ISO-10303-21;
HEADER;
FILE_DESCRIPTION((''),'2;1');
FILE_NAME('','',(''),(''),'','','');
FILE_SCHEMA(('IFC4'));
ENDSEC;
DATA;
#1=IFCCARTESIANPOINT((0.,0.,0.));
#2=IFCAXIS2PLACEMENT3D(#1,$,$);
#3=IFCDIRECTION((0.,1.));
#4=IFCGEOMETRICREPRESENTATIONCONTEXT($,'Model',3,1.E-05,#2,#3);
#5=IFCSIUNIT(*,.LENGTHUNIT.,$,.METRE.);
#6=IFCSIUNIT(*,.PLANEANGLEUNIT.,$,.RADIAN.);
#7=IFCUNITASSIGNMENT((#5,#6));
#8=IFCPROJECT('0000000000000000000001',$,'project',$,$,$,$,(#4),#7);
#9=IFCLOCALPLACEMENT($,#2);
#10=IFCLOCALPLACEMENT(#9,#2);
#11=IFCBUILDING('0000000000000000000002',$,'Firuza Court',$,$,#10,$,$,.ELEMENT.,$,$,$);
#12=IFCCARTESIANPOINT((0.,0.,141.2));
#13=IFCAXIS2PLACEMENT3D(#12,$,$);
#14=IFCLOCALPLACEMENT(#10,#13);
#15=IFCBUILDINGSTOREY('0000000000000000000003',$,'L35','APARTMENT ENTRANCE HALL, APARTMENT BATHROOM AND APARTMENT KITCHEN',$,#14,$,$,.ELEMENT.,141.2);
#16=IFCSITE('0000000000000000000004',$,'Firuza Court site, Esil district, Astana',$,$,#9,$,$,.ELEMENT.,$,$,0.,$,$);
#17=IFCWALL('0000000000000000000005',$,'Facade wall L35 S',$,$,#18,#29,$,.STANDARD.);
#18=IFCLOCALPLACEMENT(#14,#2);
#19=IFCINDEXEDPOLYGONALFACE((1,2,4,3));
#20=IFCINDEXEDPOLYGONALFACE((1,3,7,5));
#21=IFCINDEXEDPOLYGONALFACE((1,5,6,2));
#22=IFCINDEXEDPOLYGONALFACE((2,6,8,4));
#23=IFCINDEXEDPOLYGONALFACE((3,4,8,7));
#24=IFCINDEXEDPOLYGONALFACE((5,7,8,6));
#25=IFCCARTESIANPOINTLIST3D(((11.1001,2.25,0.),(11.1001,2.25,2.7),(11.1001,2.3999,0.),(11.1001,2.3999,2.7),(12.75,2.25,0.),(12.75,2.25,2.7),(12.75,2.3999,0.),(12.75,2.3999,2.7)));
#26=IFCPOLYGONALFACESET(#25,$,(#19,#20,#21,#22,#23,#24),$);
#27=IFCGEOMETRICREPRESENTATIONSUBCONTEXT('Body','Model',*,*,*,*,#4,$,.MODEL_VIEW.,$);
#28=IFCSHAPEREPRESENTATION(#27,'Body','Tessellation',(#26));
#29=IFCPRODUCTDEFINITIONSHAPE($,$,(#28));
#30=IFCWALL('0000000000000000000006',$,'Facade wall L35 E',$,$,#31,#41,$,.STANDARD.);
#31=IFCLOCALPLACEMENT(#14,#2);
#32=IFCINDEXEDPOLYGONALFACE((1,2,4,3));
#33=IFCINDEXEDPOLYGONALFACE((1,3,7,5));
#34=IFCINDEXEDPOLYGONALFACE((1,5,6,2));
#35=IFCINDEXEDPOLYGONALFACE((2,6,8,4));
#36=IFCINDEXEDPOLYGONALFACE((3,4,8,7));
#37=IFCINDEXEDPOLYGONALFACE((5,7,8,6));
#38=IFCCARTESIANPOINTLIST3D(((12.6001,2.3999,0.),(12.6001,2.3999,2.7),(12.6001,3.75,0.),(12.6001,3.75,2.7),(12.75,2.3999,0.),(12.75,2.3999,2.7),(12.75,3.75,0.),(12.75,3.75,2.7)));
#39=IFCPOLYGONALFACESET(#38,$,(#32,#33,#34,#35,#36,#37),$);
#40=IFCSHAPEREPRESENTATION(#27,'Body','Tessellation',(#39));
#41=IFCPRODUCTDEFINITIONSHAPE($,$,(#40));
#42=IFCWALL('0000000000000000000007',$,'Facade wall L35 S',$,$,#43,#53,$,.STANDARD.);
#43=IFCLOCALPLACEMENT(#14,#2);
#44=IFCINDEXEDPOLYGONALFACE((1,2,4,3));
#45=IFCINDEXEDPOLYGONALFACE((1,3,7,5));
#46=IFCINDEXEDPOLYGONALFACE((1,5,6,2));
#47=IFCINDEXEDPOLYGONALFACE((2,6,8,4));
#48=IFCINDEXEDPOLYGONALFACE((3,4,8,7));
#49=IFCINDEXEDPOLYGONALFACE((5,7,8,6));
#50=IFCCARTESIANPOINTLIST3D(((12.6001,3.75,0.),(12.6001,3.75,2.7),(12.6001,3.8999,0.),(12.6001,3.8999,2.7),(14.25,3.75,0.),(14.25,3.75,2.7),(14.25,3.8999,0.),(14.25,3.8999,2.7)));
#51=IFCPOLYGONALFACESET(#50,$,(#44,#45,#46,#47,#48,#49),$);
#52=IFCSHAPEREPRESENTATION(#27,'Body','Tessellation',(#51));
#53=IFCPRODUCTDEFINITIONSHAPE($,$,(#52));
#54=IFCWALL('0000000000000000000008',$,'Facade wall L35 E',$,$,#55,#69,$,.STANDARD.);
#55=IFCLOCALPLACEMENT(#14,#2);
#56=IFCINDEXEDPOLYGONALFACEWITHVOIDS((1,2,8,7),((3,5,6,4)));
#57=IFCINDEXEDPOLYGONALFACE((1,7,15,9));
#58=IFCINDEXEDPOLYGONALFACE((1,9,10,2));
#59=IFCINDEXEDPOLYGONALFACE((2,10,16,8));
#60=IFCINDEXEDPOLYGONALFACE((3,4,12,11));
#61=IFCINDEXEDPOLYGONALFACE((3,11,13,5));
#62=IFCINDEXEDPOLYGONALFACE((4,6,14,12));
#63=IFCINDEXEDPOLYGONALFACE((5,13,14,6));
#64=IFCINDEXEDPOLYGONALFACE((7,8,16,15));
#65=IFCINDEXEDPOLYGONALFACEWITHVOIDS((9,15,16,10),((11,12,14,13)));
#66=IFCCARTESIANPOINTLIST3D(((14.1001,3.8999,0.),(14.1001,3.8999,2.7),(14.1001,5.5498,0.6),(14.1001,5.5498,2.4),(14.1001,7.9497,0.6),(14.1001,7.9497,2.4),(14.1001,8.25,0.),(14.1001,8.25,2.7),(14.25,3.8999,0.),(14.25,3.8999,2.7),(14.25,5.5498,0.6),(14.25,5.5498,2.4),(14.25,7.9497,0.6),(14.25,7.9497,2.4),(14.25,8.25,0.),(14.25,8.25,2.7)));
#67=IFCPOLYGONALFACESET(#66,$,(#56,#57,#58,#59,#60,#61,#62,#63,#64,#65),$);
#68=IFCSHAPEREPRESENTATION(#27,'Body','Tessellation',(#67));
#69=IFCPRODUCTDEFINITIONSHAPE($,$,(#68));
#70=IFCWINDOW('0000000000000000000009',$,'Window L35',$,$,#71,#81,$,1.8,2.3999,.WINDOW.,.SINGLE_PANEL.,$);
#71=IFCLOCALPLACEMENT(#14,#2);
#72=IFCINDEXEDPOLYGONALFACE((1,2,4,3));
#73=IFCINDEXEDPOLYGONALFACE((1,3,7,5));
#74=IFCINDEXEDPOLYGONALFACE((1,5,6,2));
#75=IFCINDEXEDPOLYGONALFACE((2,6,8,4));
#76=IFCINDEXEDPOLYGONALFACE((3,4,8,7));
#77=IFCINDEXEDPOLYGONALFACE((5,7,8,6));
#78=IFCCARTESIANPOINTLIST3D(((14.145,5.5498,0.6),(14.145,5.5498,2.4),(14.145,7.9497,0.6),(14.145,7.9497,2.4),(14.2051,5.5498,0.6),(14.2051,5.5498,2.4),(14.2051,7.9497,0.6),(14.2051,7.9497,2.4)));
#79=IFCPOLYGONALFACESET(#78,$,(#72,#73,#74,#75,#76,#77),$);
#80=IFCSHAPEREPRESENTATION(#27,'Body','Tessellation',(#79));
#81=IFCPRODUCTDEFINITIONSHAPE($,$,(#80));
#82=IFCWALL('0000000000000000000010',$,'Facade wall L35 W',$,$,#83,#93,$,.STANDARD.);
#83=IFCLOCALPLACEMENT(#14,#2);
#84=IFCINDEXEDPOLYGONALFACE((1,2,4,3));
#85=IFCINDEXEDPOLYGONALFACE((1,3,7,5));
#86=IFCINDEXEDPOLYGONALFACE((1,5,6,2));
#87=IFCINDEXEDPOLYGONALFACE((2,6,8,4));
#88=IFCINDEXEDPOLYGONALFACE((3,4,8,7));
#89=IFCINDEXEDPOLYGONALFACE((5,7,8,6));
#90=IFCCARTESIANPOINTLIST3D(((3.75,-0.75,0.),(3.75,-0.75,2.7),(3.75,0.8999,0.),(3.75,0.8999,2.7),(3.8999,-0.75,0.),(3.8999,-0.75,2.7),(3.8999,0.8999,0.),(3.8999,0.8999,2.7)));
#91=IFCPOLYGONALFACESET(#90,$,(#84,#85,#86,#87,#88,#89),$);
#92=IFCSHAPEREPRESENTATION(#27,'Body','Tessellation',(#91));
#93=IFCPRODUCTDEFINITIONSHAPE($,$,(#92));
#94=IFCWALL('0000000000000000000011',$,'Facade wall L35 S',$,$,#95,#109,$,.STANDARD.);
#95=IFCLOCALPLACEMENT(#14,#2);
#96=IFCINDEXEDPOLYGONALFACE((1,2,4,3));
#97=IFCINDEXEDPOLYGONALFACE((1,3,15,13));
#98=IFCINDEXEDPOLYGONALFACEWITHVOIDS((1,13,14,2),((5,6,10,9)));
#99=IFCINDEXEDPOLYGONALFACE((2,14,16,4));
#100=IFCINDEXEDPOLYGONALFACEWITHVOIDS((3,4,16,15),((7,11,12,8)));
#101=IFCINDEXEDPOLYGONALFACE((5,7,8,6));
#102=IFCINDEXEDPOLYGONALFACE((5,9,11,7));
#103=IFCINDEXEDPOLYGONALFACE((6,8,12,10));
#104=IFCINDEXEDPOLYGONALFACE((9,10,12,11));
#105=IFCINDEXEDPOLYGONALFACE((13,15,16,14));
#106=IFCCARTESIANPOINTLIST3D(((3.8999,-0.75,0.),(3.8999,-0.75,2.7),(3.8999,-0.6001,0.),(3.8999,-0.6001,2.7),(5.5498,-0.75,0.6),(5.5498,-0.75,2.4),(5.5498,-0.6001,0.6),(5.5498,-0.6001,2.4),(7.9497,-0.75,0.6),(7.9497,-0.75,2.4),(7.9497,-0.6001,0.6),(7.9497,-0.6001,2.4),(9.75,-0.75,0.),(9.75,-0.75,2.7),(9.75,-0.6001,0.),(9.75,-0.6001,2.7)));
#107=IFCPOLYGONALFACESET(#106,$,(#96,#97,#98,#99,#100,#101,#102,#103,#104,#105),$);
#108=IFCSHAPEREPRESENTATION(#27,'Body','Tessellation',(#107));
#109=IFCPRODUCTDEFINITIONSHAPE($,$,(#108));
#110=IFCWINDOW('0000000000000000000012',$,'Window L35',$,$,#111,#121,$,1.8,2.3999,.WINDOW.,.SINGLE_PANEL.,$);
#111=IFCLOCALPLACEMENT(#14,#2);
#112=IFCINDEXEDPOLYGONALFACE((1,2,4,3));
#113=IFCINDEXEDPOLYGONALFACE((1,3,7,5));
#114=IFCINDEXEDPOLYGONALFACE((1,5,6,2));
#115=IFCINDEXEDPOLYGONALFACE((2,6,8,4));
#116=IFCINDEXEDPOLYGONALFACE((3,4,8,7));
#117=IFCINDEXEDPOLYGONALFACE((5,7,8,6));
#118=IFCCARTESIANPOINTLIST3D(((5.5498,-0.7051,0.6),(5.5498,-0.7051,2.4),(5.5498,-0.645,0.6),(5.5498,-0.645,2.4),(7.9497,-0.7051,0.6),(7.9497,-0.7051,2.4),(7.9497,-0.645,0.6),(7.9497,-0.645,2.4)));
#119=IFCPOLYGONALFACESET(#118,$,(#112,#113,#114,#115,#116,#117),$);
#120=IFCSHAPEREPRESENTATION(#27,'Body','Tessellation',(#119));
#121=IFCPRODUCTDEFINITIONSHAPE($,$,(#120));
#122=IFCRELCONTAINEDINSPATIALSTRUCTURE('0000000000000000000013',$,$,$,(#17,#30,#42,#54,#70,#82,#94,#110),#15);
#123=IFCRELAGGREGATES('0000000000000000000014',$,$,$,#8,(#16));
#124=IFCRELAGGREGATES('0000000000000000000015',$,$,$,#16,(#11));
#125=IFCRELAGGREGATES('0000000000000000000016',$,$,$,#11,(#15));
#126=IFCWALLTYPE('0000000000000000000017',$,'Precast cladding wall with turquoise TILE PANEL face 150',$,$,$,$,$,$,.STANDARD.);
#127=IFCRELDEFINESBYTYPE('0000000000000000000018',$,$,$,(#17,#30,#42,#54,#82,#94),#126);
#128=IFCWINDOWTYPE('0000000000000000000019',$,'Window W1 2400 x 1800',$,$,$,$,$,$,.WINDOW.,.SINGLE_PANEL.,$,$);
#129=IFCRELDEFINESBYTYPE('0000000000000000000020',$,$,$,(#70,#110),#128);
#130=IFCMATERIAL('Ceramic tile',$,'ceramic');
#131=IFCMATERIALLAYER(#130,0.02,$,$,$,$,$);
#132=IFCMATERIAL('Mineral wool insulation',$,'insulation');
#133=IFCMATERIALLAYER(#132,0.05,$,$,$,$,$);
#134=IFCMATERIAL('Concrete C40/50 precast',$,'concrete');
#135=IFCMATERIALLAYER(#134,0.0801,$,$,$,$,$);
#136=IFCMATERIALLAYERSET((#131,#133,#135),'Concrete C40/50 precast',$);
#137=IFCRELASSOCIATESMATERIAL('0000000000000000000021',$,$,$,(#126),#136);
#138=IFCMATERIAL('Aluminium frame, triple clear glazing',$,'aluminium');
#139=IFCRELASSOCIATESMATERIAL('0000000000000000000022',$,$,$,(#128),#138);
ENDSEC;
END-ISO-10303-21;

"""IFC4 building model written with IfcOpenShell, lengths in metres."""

from ifc_helpers import new_model, si_unit, direction, frame, frame_2d, origin, place, context, subcontext, project, spatial, rectangle, extrude, material, layer, layer_set, type_object, element, fill, save


model = new_model("IFC4")

# Units and contexts
model_context = context("Model", 3, precision=1e-05, world=origin(), true_north=direction((0.0, 1.0)))
body_context = subcontext(model_context, "Body", "Model", "MODEL_VIEW")
ifc_project = project(units=[si_unit("LENGTHUNIT", "METRE"), si_unit("PLANEANGLEUNIT", "RADIAN")], contexts=[model_context])

# Site, building, storey
site_placement = place(None, origin())
site = spatial("IfcSite", under=ifc_project, at=site_placement, Name="Firuza Court site, Esil district, Astana", CompositionType="ELEMENT", RefElevation=0.0)
building_placement = place(site_placement, origin())
building = spatial("IfcBuilding", under=site, at=building_placement, Name="Firuza Court", CompositionType="ELEMENT")
storey_placement = place(building_placement, frame((0.0, 0.0, 141.2)))
storey = spatial("IfcBuildingStorey", under=building, at=storey_placement, Name="L35", Description="APARTMENT ENTRANCE HALL, APARTMENT BATHROOM AND APARTMENT KITCHEN", CompositionType="ELEMENT", Elevation=141.2)

# Walls
ifc_material_1 = material(Name="Ceramic tile", Category="ceramic")
ifc_layer_1 = layer(ifc_material_1, 0.02)
ifc_material_2 = material(Name="Mineral wool insulation", Category="insulation")
ifc_layer_2 = layer(ifc_material_2, 0.05)
ifc_material_3 = material(Name="Concrete C40/50 precast", Category="concrete")
ifc_layer_3 = layer(ifc_material_3, 0.0801)
ifc_layer_set_1 = layer_set([ifc_layer_1, ifc_layer_2, ifc_layer_3], Name="Concrete C40/50 precast")
wall_type_1 = type_object("IfcWallType", Name="Precast cladding wall with turquoise TILE PANEL face 150", PredefinedType="STANDARD", material=ifc_layer_set_1)
wall_1_placement = place(storey_placement, frame((11.1001, 2.325, 0.0), z_axis=(0.0, 0.0, 1.0), x_axis=(1.0, 0.0, 0.0)))
element("IfcWall", 1, at=wall_1_placement, inside=storey, type_object=wall_type_1, Name="Facade wall L35 S", PredefinedType="STANDARD", context=body_context, shape_type="SweptSolid", body=[
    extrude(rectangle(XDim=1.6499, YDim=0.1499, at=frame_2d((0.825, 0.0))), origin(), (0.0, 0.0, 1.0), 2.7),
])
wall_2_placement = place(storey_placement, frame((12.675, 2.3999, 0.0), z_axis=(0.0, 0.0, 1.0), x_axis=(0.0, 1.0, 0.0)))
element("IfcWall", 2, at=wall_2_placement, inside=storey, type_object=wall_type_1, Name="Facade wall L35 E", PredefinedType="STANDARD", context=body_context, shape_type="SweptSolid", body=[
    extrude(rectangle(XDim=1.3501, YDim=0.1499, at=frame_2d((0.675, 0.0))), origin(), (0.0, 0.0, 1.0), 2.7),
])
wall_3_placement = place(storey_placement, frame((12.6001, 3.825, 0.0), z_axis=(0.0, 0.0, 1.0), x_axis=(1.0, 0.0, 0.0)))
element("IfcWall", 3, at=wall_3_placement, inside=storey, type_object=wall_type_1, Name="Facade wall L35 S", PredefinedType="STANDARD", context=body_context, shape_type="SweptSolid", body=[
    extrude(rectangle(XDim=1.6499, YDim=0.1499, at=frame_2d((0.825, 0.0))), origin(), (0.0, 0.0, 1.0), 2.7),
])

# Wall, opening, window
wall_4_placement = place(storey_placement, frame((14.175, 3.8999, 0.0), z_axis=(0.0, 0.0, 1.0), x_axis=(0.0, 1.0, 0.0)))
wall_4 = element("IfcWall", 4, at=wall_4_placement, inside=storey, type_object=wall_type_1, Name="Facade wall L35 E", PredefinedType="STANDARD", context=body_context, shape_type="SweptSolid", body=[
    extrude(rectangle(XDim=4.3501, YDim=0.1499, at=frame_2d((2.175, 0.0))), origin(), (0.0, 0.0, 1.0), 2.7),
])
opening_1_placement = place(wall_4_placement, frame((1.6499, 0.0, 0.6001)))
opening_1 = element("IfcOpeningElement", 5, at=opening_1_placement, cuts=wall_4, PredefinedType="OPENING", context=body_context, shape_type="SweptSolid", body=[
    extrude(rectangle(XDim=2.3999, YDim=1.8, at=frame_2d((1.2, 0.8999))), frame((0.0, 0.0869, 0.0), z_axis=(0.0, -1.0, 0.0), x_axis=(1.0, 0.0, 0.0)), (0.0, 0.0, 1.0), 0.1738),
])
ifc_material_4 = material(Name="Aluminium frame, triple clear glazing", Category="aluminium")
window_type = type_object("IfcWindowType", Name="Window W1 2400 x 1800", PartitioningType="SINGLE_PANEL", PredefinedType="WINDOW", material=ifc_material_4)
window_1_placement = place(opening_1_placement, origin())
window_1 = element("IfcWindow", 6, at=window_1_placement, inside=storey, type_object=window_type, Name="Window L35", OverallHeight=1.8, OverallWidth=2.3999, PartitioningType="SINGLE_PANEL", PredefinedType="WINDOW", context=body_context, shape_type="SweptSolid", body=[
    extrude(rectangle(XDim=2.3999, YDim=1.8, at=frame_2d((1.2, 0.8999))), frame((0.0, 0.03, 0.0), z_axis=(0.0, -1.0, 0.0), x_axis=(1.0, 0.0, 0.0)), (0.0, 0.0, 1.0), 0.0601),
])
fill(opening_1, window_1)

# Wall
wall_5_placement = place(storey_placement, frame((3.825, 0.8999, 0.0), z_axis=(0.0, 0.0, 1.0), x_axis=(0.0, -1.0, 0.0)))
element("IfcWall", 7, at=wall_5_placement, inside=storey, type_object=wall_type_1, Name="Facade wall L35 W", PredefinedType="STANDARD", context=body_context, shape_type="SweptSolid", body=[
    extrude(rectangle(XDim=1.6499, YDim=0.1499, at=frame_2d((0.825, 0.0))), origin(), (0.0, 0.0, 1.0), 2.7),
])

# Wall, opening, window
wall_6_placement = place(storey_placement, frame((3.8999, -0.675, 0.0), z_axis=(0.0, 0.0, 1.0), x_axis=(1.0, 0.0, 0.0)))
wall_6 = element("IfcWall", 8, at=wall_6_placement, inside=storey, type_object=wall_type_1, Name="Facade wall L35 S", PredefinedType="STANDARD", context=body_context, shape_type="SweptSolid", body=[
    extrude(rectangle(XDim=5.8501, YDim=0.1499, at=frame_2d((2.925, 0.0))), origin(), (0.0, 0.0, 1.0), 2.7),
])
opening_2_placement = place(wall_6_placement, frame((1.6499, 0.0, 0.6001)))
opening_2 = element("IfcOpeningElement", 9, at=opening_2_placement, cuts=wall_6, PredefinedType="OPENING", context=body_context, shape_type="SweptSolid", body=[
    extrude(rectangle(XDim=2.3999, YDim=1.8, at=frame_2d((1.2, 0.8999))), frame((0.0, 0.0869, 0.0), z_axis=(0.0, -1.0, 0.0), x_axis=(1.0, 0.0, 0.0)), (0.0, 0.0, 1.0), 0.1738),
])
window_2_placement = place(opening_2_placement, origin())
window_2 = element("IfcWindow", 10, at=window_2_placement, inside=storey, type_object=window_type, Name="Window L35", OverallHeight=1.8, OverallWidth=2.3999, PartitioningType="SINGLE_PANEL", PredefinedType="WINDOW", context=body_context, shape_type="SweptSolid", body=[
    extrude(rectangle(XDim=2.3999, YDim=1.8, at=frame_2d((1.2, 0.8999))), frame((0.0, 0.03, 0.0), z_axis=(0.0, -1.0, 0.0), x_axis=(1.0, 0.0, 0.0)), (0.0, 0.0, 1.0), 0.0601),
])
fill(opening_2, window_2)

save(model, "model.ifc")
